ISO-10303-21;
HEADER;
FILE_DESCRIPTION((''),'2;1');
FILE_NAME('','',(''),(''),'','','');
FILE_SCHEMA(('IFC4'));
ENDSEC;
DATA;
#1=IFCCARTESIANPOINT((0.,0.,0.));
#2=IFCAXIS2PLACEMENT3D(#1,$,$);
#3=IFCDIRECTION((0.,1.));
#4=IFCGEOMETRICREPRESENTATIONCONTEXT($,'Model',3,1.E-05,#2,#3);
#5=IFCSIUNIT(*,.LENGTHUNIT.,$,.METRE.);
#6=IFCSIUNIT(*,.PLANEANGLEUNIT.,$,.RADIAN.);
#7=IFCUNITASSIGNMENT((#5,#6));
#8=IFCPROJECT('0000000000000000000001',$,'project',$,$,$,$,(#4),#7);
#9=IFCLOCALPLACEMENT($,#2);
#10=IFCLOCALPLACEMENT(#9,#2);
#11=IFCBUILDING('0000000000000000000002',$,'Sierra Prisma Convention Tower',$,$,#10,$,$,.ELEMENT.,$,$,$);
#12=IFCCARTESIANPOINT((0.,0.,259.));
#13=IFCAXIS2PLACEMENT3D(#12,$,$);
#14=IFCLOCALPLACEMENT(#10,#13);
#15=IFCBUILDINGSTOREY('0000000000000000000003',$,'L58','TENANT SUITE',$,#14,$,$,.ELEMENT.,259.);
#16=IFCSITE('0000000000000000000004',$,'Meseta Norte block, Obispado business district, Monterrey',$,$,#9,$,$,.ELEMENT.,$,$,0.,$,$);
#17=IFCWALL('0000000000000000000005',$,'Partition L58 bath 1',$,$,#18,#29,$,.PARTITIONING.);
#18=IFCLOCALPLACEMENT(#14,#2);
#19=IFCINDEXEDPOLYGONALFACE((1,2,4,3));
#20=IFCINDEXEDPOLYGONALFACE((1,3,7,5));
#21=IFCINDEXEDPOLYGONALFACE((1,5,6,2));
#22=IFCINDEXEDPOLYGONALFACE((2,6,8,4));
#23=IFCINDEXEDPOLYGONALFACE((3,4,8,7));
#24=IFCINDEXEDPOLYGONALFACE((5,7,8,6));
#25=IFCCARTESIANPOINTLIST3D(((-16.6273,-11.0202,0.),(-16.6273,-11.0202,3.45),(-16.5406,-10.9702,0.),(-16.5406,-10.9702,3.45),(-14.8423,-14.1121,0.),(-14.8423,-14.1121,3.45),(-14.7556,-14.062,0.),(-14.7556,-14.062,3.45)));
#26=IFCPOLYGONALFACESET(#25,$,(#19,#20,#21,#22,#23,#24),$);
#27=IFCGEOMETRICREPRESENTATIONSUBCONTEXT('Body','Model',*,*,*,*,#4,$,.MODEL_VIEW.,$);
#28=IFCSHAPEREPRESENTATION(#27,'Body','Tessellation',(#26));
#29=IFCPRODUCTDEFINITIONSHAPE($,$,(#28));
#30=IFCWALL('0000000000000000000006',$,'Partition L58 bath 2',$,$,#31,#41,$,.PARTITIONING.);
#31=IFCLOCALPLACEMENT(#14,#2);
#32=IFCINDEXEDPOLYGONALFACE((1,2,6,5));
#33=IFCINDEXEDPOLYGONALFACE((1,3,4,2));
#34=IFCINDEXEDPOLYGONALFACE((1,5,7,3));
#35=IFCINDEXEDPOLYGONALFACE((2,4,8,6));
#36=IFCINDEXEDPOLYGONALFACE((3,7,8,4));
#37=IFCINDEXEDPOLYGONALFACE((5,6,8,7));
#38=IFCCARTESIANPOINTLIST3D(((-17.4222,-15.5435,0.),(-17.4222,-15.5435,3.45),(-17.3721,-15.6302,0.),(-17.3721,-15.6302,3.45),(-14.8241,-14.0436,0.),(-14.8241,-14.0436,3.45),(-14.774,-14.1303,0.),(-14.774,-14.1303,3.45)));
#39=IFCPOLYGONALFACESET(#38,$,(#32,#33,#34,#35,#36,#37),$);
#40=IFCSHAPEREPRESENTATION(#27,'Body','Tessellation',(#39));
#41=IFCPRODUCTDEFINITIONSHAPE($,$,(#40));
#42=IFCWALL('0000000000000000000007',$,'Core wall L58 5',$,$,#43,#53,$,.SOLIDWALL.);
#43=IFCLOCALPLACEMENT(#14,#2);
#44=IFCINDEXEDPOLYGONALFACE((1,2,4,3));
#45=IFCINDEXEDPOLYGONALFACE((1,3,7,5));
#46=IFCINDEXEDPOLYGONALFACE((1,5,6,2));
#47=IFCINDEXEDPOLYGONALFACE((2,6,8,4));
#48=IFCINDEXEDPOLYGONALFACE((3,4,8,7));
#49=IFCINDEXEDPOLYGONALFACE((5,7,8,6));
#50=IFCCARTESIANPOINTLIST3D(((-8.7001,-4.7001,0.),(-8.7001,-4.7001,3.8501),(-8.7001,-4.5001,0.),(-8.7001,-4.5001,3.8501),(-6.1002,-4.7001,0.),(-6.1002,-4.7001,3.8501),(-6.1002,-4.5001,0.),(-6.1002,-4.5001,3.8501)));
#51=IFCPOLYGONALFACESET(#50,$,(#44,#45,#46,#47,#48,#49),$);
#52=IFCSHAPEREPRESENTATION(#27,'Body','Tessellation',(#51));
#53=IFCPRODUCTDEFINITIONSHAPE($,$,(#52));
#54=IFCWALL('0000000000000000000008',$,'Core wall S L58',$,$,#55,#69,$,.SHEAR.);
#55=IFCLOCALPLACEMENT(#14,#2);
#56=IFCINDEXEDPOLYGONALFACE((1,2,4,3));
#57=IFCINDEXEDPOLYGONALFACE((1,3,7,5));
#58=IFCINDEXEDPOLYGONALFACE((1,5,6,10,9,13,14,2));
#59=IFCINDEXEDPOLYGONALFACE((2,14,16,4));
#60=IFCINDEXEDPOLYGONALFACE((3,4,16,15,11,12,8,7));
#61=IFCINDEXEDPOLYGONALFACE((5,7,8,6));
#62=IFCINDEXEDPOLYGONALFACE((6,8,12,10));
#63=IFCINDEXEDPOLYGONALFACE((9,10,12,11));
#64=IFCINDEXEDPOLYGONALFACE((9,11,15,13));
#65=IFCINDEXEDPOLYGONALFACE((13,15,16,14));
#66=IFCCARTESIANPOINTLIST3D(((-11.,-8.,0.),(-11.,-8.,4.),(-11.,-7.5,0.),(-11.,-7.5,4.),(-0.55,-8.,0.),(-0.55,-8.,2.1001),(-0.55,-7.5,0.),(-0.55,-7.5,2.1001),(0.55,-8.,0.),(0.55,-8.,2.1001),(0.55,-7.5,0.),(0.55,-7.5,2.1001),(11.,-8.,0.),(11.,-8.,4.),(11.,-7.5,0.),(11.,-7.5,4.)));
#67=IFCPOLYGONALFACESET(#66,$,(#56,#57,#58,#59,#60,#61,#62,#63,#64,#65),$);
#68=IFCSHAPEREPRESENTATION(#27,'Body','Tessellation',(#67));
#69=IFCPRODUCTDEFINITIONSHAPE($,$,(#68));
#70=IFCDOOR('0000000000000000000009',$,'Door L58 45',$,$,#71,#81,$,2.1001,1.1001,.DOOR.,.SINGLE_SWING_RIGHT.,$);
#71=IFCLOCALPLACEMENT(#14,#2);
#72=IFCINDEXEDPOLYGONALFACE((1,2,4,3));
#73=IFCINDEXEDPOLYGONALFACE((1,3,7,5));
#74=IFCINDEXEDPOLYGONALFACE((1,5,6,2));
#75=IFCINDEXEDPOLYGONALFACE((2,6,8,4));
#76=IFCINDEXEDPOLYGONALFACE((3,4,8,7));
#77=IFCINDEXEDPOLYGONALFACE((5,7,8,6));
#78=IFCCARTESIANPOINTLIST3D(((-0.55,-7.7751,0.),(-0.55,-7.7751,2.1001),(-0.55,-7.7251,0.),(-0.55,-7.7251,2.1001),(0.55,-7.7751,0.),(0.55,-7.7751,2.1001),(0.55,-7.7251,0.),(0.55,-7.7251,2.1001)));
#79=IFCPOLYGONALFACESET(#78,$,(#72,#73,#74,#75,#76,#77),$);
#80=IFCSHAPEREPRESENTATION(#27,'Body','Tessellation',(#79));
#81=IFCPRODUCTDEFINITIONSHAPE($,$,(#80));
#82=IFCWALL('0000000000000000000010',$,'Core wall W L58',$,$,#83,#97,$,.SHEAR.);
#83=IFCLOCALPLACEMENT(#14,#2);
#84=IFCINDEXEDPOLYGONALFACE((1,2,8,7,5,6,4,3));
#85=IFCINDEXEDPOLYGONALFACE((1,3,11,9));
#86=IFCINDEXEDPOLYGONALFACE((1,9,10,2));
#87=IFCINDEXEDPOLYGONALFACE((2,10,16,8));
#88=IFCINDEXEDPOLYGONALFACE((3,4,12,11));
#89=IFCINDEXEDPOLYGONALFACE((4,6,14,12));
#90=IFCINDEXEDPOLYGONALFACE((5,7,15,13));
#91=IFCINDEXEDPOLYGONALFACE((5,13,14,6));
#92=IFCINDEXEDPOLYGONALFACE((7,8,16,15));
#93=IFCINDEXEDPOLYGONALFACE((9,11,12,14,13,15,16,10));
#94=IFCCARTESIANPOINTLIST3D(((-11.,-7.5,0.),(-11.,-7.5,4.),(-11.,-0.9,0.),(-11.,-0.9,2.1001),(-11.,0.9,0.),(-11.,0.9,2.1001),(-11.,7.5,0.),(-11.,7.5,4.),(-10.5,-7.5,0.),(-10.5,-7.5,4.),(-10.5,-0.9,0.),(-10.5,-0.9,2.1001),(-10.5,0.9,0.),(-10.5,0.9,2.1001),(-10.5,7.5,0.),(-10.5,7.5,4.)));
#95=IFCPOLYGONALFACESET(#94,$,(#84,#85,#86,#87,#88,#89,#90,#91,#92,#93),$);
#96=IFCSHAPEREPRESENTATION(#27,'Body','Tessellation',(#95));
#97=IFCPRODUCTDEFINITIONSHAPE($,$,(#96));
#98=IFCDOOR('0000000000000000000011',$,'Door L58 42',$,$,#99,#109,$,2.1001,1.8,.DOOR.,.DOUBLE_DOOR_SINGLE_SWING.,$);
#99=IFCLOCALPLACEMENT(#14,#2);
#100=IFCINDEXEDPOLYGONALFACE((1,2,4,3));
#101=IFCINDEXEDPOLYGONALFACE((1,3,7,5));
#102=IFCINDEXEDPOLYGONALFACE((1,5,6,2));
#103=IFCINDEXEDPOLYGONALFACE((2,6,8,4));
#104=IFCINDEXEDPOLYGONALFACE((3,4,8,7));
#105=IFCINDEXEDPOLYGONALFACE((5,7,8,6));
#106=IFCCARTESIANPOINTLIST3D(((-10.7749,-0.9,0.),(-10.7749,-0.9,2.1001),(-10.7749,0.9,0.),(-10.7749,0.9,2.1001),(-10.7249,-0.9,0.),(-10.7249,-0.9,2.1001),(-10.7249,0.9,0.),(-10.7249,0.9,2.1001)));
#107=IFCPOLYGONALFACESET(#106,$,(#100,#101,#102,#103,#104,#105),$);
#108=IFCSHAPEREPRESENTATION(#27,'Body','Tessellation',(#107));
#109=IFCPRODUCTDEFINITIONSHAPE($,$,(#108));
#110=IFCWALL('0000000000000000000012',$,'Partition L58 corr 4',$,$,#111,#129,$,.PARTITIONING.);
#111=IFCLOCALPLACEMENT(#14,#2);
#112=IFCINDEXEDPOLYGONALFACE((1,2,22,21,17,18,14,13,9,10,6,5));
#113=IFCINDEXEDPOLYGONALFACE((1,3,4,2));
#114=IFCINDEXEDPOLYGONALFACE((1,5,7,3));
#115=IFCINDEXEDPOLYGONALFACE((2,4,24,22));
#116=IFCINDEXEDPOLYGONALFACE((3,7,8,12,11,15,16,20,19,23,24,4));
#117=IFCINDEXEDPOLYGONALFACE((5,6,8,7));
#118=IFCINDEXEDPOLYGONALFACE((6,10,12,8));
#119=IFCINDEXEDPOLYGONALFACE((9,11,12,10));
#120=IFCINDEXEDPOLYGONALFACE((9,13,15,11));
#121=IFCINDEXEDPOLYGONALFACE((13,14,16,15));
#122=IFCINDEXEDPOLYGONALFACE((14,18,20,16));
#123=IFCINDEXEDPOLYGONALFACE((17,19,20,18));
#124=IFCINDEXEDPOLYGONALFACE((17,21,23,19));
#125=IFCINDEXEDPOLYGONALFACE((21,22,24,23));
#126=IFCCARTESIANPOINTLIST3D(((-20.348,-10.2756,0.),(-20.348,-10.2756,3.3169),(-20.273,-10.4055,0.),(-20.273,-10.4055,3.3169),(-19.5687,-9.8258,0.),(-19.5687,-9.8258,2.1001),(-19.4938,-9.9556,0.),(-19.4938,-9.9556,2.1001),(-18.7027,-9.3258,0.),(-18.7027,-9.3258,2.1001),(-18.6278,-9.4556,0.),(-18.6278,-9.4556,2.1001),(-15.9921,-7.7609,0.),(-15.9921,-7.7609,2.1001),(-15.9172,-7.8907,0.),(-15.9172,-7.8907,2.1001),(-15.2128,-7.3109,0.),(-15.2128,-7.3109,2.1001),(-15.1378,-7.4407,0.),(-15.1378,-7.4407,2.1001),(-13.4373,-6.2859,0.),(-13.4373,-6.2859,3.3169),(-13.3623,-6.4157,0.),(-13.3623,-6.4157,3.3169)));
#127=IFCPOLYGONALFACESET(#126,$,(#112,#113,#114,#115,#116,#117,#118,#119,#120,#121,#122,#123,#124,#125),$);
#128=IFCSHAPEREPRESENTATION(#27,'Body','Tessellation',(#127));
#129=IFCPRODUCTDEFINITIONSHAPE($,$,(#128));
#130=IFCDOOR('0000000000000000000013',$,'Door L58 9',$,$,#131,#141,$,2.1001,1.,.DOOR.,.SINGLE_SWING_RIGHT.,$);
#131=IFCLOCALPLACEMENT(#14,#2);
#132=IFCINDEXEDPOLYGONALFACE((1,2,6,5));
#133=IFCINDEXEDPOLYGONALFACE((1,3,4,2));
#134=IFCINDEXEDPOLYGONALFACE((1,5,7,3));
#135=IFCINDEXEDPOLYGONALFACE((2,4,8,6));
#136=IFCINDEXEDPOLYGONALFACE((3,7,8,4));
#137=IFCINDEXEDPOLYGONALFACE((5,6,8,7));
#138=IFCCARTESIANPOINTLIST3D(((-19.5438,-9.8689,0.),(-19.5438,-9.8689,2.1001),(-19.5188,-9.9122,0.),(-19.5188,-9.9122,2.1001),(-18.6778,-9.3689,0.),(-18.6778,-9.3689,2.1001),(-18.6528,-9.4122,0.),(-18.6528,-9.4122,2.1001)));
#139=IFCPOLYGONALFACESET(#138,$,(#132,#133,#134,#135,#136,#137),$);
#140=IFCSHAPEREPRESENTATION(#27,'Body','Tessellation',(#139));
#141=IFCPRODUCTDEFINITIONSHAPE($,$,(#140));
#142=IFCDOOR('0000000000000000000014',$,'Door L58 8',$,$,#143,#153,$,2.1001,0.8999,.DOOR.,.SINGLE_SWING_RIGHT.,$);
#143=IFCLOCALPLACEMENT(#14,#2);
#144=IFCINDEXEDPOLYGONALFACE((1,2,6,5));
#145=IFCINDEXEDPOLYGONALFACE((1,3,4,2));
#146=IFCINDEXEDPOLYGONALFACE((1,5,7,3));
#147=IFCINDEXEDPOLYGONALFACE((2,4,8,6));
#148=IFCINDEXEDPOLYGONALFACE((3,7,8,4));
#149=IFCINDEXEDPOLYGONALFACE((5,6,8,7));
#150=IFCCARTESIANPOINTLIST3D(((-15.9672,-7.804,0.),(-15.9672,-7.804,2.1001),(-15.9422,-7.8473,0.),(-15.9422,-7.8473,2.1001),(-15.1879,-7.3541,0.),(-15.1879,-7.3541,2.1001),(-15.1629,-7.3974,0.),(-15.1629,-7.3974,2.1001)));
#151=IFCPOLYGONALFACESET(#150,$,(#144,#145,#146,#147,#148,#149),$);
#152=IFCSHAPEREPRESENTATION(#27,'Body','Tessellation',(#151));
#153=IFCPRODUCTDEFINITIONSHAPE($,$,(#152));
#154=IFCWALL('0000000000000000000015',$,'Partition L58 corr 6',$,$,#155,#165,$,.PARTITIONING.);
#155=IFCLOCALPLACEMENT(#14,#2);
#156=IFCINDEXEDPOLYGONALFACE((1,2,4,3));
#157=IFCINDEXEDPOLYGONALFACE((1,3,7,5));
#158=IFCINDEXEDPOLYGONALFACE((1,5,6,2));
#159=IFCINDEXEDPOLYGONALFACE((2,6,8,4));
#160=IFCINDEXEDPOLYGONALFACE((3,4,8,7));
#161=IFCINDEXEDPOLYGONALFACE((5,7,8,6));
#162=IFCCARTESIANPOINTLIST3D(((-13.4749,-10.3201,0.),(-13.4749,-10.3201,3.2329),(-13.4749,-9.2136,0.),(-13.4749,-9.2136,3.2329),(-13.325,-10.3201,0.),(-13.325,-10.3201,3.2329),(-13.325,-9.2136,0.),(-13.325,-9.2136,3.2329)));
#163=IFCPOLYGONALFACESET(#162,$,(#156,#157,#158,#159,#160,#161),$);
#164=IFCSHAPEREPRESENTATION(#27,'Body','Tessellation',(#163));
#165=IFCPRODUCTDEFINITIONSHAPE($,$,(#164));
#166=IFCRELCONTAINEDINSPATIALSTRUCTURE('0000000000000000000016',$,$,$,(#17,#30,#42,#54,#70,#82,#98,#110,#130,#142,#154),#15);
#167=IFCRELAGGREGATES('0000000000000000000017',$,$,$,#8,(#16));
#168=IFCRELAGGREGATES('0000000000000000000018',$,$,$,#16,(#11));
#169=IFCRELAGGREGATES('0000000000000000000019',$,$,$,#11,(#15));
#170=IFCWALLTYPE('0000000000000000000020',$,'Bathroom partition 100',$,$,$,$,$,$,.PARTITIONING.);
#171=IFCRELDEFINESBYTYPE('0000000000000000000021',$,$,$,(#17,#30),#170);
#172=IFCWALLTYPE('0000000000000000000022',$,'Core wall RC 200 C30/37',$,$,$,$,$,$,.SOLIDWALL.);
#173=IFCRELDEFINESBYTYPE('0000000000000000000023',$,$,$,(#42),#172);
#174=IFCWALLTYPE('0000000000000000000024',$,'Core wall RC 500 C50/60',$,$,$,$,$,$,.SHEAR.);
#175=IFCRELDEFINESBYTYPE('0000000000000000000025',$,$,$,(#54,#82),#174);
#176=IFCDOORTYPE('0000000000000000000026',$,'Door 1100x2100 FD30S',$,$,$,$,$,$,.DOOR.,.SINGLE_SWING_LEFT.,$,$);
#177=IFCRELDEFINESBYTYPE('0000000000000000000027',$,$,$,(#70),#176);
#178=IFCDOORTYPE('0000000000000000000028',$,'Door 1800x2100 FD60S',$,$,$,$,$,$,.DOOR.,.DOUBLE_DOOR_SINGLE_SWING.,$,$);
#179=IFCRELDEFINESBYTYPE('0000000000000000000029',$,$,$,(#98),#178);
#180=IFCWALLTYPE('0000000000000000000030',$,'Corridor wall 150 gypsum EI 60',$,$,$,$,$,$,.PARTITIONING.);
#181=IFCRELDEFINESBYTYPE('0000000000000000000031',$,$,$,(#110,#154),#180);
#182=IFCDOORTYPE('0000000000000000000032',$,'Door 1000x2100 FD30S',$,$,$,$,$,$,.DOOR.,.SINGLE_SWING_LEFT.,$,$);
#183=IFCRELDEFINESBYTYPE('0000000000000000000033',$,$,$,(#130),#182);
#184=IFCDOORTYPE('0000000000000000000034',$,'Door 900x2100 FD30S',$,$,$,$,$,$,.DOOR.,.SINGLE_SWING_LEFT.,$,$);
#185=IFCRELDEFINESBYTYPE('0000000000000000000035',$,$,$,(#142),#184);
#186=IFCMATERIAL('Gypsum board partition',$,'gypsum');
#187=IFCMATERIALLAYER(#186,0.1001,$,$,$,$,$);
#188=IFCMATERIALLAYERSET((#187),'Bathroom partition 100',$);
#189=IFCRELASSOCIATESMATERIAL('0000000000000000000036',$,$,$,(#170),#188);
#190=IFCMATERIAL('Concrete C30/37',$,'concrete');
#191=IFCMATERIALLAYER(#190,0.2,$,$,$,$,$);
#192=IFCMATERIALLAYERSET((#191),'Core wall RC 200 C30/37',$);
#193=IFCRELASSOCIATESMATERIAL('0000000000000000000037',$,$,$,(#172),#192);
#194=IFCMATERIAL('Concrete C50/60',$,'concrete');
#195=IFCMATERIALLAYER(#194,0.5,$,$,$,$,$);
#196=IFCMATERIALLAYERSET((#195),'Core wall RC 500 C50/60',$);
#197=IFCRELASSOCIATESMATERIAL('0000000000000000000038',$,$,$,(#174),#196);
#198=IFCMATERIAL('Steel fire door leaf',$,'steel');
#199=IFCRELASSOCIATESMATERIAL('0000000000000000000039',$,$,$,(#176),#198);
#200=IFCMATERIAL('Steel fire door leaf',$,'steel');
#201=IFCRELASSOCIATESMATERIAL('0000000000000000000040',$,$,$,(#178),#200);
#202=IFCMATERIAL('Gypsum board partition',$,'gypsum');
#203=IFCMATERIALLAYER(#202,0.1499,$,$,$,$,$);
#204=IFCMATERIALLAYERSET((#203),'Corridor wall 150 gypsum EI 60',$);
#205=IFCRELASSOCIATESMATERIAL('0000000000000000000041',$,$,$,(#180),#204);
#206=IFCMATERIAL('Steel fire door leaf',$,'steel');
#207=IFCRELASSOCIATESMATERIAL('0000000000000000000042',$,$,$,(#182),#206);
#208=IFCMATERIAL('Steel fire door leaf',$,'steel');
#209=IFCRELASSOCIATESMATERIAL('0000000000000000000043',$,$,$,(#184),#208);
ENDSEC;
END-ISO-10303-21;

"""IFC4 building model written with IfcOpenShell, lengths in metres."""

from ifc_helpers import new_model, si_unit, direction, frame, frame_2d, origin, place, context, subcontext, project, spatial, rectangle, extrude, material, layer, layer_set, type_object, element, fill, save


model = new_model("IFC4")

# Units and contexts
model_context = context("Model", 3, precision=1e-05, world=origin(), true_north=direction((0.0, 1.0)))
body_context = subcontext(model_context, "Body", "Model", "MODEL_VIEW")
ifc_project = project(units=[si_unit("LENGTHUNIT", "METRE"), si_unit("PLANEANGLEUNIT", "RADIAN")], contexts=[model_context])

# Site, building, storey
site_placement = place(None, origin())
site = spatial("IfcSite", under=ifc_project, at=site_placement, Name="Meseta Norte block, Obispado business district, Monterrey", CompositionType="ELEMENT", RefElevation=0.0)
building_placement = place(site_placement, origin())
building = spatial("IfcBuilding", under=site, at=building_placement, Name="Sierra Prisma Convention Tower", CompositionType="ELEMENT")
storey_placement = place(building_placement, frame((0.0, 0.0, 259.0)))
storey = spatial("IfcBuildingStorey", under=building, at=storey_placement, Name="L58", Description="TENANT SUITE", CompositionType="ELEMENT", Elevation=259.0)

# Walls
ifc_material_1 = material(Name="Gypsum board partition", Category="gypsum")
ifc_layer_1 = layer(ifc_material_1, 0.1001)
ifc_layer_set_1 = layer_set([ifc_layer_1], Name="Bathroom partition 100")
wall_type_1 = type_object("IfcWallType", Name="Bathroom partition 100", PredefinedType="PARTITIONING", material=ifc_layer_set_1)
wall_1_placement = place(storey_placement, frame((-16.584, -10.9951, 0.0), z_axis=(0.0, 0.0, 1.0), x_axis=(0.499971, -0.866042, 0.0)))
element("IfcWall", 1, at=wall_1_placement, inside=storey, type_object=wall_type_1, Name="Partition L58 bath 1", PredefinedType="PARTITIONING", context=body_context, shape_type="SweptSolid", body=[
    extrude(rectangle(XDim=3.5701, YDim=0.1001, at=frame_2d((1.7852, 0.0))), origin(), (0.0, 0.0, 1.0), 3.45),
])
wall_2_placement = place(storey_placement, frame((-14.7991, -14.0869, 0.0), z_axis=(0.0, 0.0, 1.0), x_axis=(-0.866031, -0.49999, 0.0)))
element("IfcWall", 2, at=wall_2_placement, inside=storey, type_object=wall_type_1, Name="Partition L58 bath 2", PredefinedType="PARTITIONING", context=body_context, shape_type="SweptSolid", body=[
    extrude(rectangle(XDim=3.0, YDim=0.1001, at=frame_2d((1.5, 0.0))), origin(), (0.0, 0.0, 1.0), 3.45),
])

# Shared definitions
ifc_material_2 = material(Name="Concrete C30/37", Category="concrete")
ifc_layer_2 = layer(ifc_material_2, 0.2)
ifc_layer_set_2 = layer_set([ifc_layer_2], Name="Core wall RC 200 C30/37")
wall_type_2 = type_object("IfcWallType", Name="Core wall RC 200 C30/37", PredefinedType="SOLIDWALL", material=ifc_layer_set_2)

# Wall
wall_3_placement = place(storey_placement, frame((-8.7, -4.6001, 0.0), z_axis=(0.0, 0.0, 1.0), x_axis=(1.0, 0.0, 0.0)))
element("IfcWall", 3, at=wall_3_placement, inside=storey, type_object=wall_type_2, Name="Core wall L58 5", PredefinedType="SOLIDWALL", context=body_context, shape_type="SweptSolid", body=[
    extrude(rectangle(XDim=2.5999, YDim=0.2, at=frame_2d((1.2998, 0.0))), origin(), (0.0, 0.0, 1.0), 3.8501),
])

# Walls, openings, doors
ifc_material_3 = material(Name="Concrete C50/60", Category="concrete")
ifc_layer_3 = layer(ifc_material_3, 0.5)
ifc_layer_set_3 = layer_set([ifc_layer_3], Name="Core wall RC 500 C50/60")
wall_type_3 = type_object("IfcWallType", Name="Core wall RC 500 C50/60", PredefinedType="SHEAR", material=ifc_layer_set_3)
wall_4_placement = place(storey_placement, frame((-11.0, -7.75, 0.0), z_axis=(0.0, 0.0, 1.0), x_axis=(1.0, 0.0, 0.0)))
wall_4 = element("IfcWall", 4, at=wall_4_placement, inside=storey, type_object=wall_type_3, Name="Core wall S L58", PredefinedType="SHEAR", context=body_context, shape_type="SweptSolid", body=[
    extrude(rectangle(XDim=22.0, YDim=0.5, at=frame_2d((11.0, 0.0))), origin(), (0.0, 0.0, 1.0), 4.0),
])
opening_1_placement = place(wall_4_placement, frame((10.45, 0.0, 0.0)))
opening_1 = element("IfcOpeningElement", 5, at=opening_1_placement, cuts=wall_4, PredefinedType="OPENING", context=body_context, shape_type="SweptSolid", body=[
    extrude(rectangle(XDim=1.1001, YDim=2.1001, at=frame_2d((0.55, 1.05))), frame((0.0, 0.25, 0.0), z_axis=(0.0, -1.0, 0.0), x_axis=(1.0, 0.0, 0.0)), (0.0, 0.0, 1.0), 0.5),
])
ifc_material_4 = material(Name="Steel fire door leaf", Category="steel")
door_type_1 = type_object("IfcDoorType", Name="Door 1100x2100 FD30S", OperationType="SINGLE_SWING_LEFT", PredefinedType="DOOR", material=ifc_material_4)
door_1_placement = place(opening_1_placement, origin())
door_1 = element("IfcDoor", 6, at=door_1_placement, inside=storey, type_object=door_type_1, Name="Door L58 45", OperationType="SINGLE_SWING_RIGHT", OverallHeight=2.1001, OverallWidth=1.1001, PredefinedType="DOOR", context=body_context, shape_type="SweptSolid", body=[
    extrude(rectangle(XDim=1.1001, YDim=2.1001, at=frame_2d((0.55, 1.05))), frame((0.0, 0.0249, 0.0), z_axis=(0.0, -1.0, 0.0), x_axis=(1.0, 0.0, 0.0)), (0.0, 0.0, 1.0), 0.05),
])
fill(opening_1, door_1)
wall_5_placement = place(storey_placement, frame((-10.75, -7.5, 0.0), z_axis=(0.0, 0.0, 1.0), x_axis=(0.0, 1.0, 0.0)))
wall_5 = element("IfcWall", 7, at=wall_5_placement, inside=storey, type_object=wall_type_3, Name="Core wall W L58", PredefinedType="SHEAR", context=body_context, shape_type="SweptSolid", body=[
    extrude(rectangle(XDim=15.0, YDim=0.5, at=frame_2d((7.5, 0.0))), origin(), (0.0, 0.0, 1.0), 4.0),
])
opening_2_placement = place(wall_5_placement, frame((6.6001, 0.0, 0.0)))
opening_2 = element("IfcOpeningElement", 8, at=opening_2_placement, cuts=wall_5, PredefinedType="OPENING", context=body_context, shape_type="SweptSolid", body=[
    extrude(rectangle(XDim=1.8, YDim=2.1001, at=frame_2d((0.8999, 1.05))), frame((0.0, 0.25, 0.0), z_axis=(0.0, -1.0, 0.0), x_axis=(1.0, 0.0, 0.0)), (0.0, 0.0, 1.0), 0.5),
])
ifc_material_5 = material(Name="Steel fire door leaf", Category="steel")
door_type_2 = type_object("IfcDoorType", Name="Door 1800x2100 FD60S", OperationType="DOUBLE_DOOR_SINGLE_SWING", PredefinedType="DOOR", material=ifc_material_5)
door_2_placement = place(opening_2_placement, origin())
door_2 = element("IfcDoor", 9, at=door_2_placement, inside=storey, type_object=door_type_2, Name="Door L58 42", OperationType="DOUBLE_DOOR_SINGLE_SWING", OverallHeight=2.1001, OverallWidth=1.8, PredefinedType="DOOR", context=body_context, shape_type="SweptSolid", body=[
    extrude(rectangle(XDim=1.8, YDim=2.1001, at=frame_2d((0.8999, 1.05))), frame((0.0, 0.0249, 0.0), z_axis=(0.0, -1.0, 0.0), x_axis=(1.0, 0.0, 0.0)), (0.0, 0.0, 1.0), 0.05),
])
fill(opening_2, door_2)

# Wall, openings, doors
ifc_material_6 = material(Name="Gypsum board partition", Category="gypsum")
ifc_layer_4 = layer(ifc_material_6, 0.1499)
ifc_layer_set_4 = layer_set([ifc_layer_4], Name="Corridor wall 150 gypsum EI 60")
wall_type_4 = type_object("IfcWallType", Name="Corridor wall 150 gypsum EI 60", PredefinedType="PARTITIONING", material=ifc_layer_set_4)
wall_6_placement = place(storey_placement, frame((-13.3999, -6.3508, 0.0), z_axis=(0.0, 0.0, 1.0), x_axis=(-0.866032, -0.499989, 0.0)))
wall_6 = element("IfcWall", 10, at=wall_6_placement, inside=storey, type_object=wall_type_4, Name="Partition L58 corr 4", PredefinedType="PARTITIONING", context=body_context, shape_type="SweptSolid", body=[
    extrude(rectangle(XDim=7.9797, YDim=0.1499, at=frame_2d((3.9897, 0.0))), origin(), (0.0, 0.0, 1.0), 3.3169),
])
opening_3_placement = place(wall_6_placement, frame((2.05, 0.0, 0.0)))
opening_3 = element("IfcOpeningElement", 11, at=opening_3_placement, cuts=wall_6, PredefinedType="OPENING", context=body_context, shape_type="SweptSolid", body=[
    extrude(rectangle(XDim=0.8999, YDim=2.1001, at=frame_2d((0.45, 1.05))), frame((0.0, 0.075, 0.0), z_axis=(0.0, -1.0, 0.0), x_axis=(1.0, 0.0, 0.0)), (0.0, 0.0, 1.0), 0.1499),
])
opening_4_placement = place(wall_6_placement, frame((6.0798, 0.0, 0.0)))
opening_4 = element("IfcOpeningElement", 12, at=opening_4_placement, cuts=wall_6, PredefinedType="OPENING", context=body_context, shape_type="SweptSolid", body=[
    extrude(rectangle(XDim=1.0, YDim=2.1001, at=frame_2d((0.5, 1.05))), frame((0.0, 0.075, 0.0), z_axis=(0.0, -1.0, 0.0), x_axis=(1.0, 0.0, 0.0)), (0.0, 0.0, 1.0), 0.1499),
])
ifc_material_7 = material(Name="Steel fire door leaf", Category="steel")
door_type_3 = type_object("IfcDoorType", Name="Door 1000x2100 FD30S", OperationType="SINGLE_SWING_LEFT", PredefinedType="DOOR", material=ifc_material_7)
door_3_placement = place(opening_4_placement, origin())
door_3 = element("IfcDoor", 13, at=door_3_placement, inside=storey, type_object=door_type_3, Name="Door L58 9", OperationType="SINGLE_SWING_RIGHT", OverallHeight=2.1001, OverallWidth=1.0, PredefinedType="DOOR", context=body_context, shape_type="SweptSolid", body=[
    extrude(rectangle(XDim=1.0, YDim=2.1001, at=frame_2d((0.5, 1.05))), frame((0.0, 0.0249, 0.0), z_axis=(0.0, -1.0, 0.0), x_axis=(1.0, 0.0, 0.0)), (0.0, 0.0, 1.0), 0.05),
])
fill(opening_4, door_3)
ifc_material_8 = material(Name="Steel fire door leaf", Category="steel")
door_type_4 = type_object("IfcDoorType", Name="Door 900x2100 FD30S", OperationType="SINGLE_SWING_LEFT", PredefinedType="DOOR", material=ifc_material_8)
door_4_placement = place(opening_3_placement, origin())
door_4 = element("IfcDoor", 14, at=door_4_placement, inside=storey, type_object=door_type_4, Name="Door L58 8", OperationType="SINGLE_SWING_RIGHT", OverallHeight=2.1001, OverallWidth=0.8999, PredefinedType="DOOR", context=body_context, shape_type="SweptSolid", body=[
    extrude(rectangle(XDim=0.8999, YDim=2.1001, at=frame_2d((0.45, 1.05))), frame((0.0, 0.0249, 0.0), z_axis=(0.0, -1.0, 0.0), x_axis=(1.0, 0.0, 0.0)), (0.0, 0.0, 1.0), 0.05),
])
fill(opening_3, door_4)

# Wall
wall_7_placement = place(storey_placement, frame((-13.3999, -9.2136, 0.0), z_axis=(0.0, 0.0, 1.0), x_axis=(0.0, -1.0, 0.0)))
element("IfcWall", 15, at=wall_7_placement, inside=storey, type_object=wall_type_4, Name="Partition L58 corr 6", PredefinedType="PARTITIONING", context=body_context, shape_type="SweptSolid", body=[
    extrude(rectangle(XDim=1.1064, YDim=0.1499, at=frame_2d((0.5532, 0.0))), origin(), (0.0, 0.0, 1.0), 3.2329),
])

save(model, "model.ifc")
